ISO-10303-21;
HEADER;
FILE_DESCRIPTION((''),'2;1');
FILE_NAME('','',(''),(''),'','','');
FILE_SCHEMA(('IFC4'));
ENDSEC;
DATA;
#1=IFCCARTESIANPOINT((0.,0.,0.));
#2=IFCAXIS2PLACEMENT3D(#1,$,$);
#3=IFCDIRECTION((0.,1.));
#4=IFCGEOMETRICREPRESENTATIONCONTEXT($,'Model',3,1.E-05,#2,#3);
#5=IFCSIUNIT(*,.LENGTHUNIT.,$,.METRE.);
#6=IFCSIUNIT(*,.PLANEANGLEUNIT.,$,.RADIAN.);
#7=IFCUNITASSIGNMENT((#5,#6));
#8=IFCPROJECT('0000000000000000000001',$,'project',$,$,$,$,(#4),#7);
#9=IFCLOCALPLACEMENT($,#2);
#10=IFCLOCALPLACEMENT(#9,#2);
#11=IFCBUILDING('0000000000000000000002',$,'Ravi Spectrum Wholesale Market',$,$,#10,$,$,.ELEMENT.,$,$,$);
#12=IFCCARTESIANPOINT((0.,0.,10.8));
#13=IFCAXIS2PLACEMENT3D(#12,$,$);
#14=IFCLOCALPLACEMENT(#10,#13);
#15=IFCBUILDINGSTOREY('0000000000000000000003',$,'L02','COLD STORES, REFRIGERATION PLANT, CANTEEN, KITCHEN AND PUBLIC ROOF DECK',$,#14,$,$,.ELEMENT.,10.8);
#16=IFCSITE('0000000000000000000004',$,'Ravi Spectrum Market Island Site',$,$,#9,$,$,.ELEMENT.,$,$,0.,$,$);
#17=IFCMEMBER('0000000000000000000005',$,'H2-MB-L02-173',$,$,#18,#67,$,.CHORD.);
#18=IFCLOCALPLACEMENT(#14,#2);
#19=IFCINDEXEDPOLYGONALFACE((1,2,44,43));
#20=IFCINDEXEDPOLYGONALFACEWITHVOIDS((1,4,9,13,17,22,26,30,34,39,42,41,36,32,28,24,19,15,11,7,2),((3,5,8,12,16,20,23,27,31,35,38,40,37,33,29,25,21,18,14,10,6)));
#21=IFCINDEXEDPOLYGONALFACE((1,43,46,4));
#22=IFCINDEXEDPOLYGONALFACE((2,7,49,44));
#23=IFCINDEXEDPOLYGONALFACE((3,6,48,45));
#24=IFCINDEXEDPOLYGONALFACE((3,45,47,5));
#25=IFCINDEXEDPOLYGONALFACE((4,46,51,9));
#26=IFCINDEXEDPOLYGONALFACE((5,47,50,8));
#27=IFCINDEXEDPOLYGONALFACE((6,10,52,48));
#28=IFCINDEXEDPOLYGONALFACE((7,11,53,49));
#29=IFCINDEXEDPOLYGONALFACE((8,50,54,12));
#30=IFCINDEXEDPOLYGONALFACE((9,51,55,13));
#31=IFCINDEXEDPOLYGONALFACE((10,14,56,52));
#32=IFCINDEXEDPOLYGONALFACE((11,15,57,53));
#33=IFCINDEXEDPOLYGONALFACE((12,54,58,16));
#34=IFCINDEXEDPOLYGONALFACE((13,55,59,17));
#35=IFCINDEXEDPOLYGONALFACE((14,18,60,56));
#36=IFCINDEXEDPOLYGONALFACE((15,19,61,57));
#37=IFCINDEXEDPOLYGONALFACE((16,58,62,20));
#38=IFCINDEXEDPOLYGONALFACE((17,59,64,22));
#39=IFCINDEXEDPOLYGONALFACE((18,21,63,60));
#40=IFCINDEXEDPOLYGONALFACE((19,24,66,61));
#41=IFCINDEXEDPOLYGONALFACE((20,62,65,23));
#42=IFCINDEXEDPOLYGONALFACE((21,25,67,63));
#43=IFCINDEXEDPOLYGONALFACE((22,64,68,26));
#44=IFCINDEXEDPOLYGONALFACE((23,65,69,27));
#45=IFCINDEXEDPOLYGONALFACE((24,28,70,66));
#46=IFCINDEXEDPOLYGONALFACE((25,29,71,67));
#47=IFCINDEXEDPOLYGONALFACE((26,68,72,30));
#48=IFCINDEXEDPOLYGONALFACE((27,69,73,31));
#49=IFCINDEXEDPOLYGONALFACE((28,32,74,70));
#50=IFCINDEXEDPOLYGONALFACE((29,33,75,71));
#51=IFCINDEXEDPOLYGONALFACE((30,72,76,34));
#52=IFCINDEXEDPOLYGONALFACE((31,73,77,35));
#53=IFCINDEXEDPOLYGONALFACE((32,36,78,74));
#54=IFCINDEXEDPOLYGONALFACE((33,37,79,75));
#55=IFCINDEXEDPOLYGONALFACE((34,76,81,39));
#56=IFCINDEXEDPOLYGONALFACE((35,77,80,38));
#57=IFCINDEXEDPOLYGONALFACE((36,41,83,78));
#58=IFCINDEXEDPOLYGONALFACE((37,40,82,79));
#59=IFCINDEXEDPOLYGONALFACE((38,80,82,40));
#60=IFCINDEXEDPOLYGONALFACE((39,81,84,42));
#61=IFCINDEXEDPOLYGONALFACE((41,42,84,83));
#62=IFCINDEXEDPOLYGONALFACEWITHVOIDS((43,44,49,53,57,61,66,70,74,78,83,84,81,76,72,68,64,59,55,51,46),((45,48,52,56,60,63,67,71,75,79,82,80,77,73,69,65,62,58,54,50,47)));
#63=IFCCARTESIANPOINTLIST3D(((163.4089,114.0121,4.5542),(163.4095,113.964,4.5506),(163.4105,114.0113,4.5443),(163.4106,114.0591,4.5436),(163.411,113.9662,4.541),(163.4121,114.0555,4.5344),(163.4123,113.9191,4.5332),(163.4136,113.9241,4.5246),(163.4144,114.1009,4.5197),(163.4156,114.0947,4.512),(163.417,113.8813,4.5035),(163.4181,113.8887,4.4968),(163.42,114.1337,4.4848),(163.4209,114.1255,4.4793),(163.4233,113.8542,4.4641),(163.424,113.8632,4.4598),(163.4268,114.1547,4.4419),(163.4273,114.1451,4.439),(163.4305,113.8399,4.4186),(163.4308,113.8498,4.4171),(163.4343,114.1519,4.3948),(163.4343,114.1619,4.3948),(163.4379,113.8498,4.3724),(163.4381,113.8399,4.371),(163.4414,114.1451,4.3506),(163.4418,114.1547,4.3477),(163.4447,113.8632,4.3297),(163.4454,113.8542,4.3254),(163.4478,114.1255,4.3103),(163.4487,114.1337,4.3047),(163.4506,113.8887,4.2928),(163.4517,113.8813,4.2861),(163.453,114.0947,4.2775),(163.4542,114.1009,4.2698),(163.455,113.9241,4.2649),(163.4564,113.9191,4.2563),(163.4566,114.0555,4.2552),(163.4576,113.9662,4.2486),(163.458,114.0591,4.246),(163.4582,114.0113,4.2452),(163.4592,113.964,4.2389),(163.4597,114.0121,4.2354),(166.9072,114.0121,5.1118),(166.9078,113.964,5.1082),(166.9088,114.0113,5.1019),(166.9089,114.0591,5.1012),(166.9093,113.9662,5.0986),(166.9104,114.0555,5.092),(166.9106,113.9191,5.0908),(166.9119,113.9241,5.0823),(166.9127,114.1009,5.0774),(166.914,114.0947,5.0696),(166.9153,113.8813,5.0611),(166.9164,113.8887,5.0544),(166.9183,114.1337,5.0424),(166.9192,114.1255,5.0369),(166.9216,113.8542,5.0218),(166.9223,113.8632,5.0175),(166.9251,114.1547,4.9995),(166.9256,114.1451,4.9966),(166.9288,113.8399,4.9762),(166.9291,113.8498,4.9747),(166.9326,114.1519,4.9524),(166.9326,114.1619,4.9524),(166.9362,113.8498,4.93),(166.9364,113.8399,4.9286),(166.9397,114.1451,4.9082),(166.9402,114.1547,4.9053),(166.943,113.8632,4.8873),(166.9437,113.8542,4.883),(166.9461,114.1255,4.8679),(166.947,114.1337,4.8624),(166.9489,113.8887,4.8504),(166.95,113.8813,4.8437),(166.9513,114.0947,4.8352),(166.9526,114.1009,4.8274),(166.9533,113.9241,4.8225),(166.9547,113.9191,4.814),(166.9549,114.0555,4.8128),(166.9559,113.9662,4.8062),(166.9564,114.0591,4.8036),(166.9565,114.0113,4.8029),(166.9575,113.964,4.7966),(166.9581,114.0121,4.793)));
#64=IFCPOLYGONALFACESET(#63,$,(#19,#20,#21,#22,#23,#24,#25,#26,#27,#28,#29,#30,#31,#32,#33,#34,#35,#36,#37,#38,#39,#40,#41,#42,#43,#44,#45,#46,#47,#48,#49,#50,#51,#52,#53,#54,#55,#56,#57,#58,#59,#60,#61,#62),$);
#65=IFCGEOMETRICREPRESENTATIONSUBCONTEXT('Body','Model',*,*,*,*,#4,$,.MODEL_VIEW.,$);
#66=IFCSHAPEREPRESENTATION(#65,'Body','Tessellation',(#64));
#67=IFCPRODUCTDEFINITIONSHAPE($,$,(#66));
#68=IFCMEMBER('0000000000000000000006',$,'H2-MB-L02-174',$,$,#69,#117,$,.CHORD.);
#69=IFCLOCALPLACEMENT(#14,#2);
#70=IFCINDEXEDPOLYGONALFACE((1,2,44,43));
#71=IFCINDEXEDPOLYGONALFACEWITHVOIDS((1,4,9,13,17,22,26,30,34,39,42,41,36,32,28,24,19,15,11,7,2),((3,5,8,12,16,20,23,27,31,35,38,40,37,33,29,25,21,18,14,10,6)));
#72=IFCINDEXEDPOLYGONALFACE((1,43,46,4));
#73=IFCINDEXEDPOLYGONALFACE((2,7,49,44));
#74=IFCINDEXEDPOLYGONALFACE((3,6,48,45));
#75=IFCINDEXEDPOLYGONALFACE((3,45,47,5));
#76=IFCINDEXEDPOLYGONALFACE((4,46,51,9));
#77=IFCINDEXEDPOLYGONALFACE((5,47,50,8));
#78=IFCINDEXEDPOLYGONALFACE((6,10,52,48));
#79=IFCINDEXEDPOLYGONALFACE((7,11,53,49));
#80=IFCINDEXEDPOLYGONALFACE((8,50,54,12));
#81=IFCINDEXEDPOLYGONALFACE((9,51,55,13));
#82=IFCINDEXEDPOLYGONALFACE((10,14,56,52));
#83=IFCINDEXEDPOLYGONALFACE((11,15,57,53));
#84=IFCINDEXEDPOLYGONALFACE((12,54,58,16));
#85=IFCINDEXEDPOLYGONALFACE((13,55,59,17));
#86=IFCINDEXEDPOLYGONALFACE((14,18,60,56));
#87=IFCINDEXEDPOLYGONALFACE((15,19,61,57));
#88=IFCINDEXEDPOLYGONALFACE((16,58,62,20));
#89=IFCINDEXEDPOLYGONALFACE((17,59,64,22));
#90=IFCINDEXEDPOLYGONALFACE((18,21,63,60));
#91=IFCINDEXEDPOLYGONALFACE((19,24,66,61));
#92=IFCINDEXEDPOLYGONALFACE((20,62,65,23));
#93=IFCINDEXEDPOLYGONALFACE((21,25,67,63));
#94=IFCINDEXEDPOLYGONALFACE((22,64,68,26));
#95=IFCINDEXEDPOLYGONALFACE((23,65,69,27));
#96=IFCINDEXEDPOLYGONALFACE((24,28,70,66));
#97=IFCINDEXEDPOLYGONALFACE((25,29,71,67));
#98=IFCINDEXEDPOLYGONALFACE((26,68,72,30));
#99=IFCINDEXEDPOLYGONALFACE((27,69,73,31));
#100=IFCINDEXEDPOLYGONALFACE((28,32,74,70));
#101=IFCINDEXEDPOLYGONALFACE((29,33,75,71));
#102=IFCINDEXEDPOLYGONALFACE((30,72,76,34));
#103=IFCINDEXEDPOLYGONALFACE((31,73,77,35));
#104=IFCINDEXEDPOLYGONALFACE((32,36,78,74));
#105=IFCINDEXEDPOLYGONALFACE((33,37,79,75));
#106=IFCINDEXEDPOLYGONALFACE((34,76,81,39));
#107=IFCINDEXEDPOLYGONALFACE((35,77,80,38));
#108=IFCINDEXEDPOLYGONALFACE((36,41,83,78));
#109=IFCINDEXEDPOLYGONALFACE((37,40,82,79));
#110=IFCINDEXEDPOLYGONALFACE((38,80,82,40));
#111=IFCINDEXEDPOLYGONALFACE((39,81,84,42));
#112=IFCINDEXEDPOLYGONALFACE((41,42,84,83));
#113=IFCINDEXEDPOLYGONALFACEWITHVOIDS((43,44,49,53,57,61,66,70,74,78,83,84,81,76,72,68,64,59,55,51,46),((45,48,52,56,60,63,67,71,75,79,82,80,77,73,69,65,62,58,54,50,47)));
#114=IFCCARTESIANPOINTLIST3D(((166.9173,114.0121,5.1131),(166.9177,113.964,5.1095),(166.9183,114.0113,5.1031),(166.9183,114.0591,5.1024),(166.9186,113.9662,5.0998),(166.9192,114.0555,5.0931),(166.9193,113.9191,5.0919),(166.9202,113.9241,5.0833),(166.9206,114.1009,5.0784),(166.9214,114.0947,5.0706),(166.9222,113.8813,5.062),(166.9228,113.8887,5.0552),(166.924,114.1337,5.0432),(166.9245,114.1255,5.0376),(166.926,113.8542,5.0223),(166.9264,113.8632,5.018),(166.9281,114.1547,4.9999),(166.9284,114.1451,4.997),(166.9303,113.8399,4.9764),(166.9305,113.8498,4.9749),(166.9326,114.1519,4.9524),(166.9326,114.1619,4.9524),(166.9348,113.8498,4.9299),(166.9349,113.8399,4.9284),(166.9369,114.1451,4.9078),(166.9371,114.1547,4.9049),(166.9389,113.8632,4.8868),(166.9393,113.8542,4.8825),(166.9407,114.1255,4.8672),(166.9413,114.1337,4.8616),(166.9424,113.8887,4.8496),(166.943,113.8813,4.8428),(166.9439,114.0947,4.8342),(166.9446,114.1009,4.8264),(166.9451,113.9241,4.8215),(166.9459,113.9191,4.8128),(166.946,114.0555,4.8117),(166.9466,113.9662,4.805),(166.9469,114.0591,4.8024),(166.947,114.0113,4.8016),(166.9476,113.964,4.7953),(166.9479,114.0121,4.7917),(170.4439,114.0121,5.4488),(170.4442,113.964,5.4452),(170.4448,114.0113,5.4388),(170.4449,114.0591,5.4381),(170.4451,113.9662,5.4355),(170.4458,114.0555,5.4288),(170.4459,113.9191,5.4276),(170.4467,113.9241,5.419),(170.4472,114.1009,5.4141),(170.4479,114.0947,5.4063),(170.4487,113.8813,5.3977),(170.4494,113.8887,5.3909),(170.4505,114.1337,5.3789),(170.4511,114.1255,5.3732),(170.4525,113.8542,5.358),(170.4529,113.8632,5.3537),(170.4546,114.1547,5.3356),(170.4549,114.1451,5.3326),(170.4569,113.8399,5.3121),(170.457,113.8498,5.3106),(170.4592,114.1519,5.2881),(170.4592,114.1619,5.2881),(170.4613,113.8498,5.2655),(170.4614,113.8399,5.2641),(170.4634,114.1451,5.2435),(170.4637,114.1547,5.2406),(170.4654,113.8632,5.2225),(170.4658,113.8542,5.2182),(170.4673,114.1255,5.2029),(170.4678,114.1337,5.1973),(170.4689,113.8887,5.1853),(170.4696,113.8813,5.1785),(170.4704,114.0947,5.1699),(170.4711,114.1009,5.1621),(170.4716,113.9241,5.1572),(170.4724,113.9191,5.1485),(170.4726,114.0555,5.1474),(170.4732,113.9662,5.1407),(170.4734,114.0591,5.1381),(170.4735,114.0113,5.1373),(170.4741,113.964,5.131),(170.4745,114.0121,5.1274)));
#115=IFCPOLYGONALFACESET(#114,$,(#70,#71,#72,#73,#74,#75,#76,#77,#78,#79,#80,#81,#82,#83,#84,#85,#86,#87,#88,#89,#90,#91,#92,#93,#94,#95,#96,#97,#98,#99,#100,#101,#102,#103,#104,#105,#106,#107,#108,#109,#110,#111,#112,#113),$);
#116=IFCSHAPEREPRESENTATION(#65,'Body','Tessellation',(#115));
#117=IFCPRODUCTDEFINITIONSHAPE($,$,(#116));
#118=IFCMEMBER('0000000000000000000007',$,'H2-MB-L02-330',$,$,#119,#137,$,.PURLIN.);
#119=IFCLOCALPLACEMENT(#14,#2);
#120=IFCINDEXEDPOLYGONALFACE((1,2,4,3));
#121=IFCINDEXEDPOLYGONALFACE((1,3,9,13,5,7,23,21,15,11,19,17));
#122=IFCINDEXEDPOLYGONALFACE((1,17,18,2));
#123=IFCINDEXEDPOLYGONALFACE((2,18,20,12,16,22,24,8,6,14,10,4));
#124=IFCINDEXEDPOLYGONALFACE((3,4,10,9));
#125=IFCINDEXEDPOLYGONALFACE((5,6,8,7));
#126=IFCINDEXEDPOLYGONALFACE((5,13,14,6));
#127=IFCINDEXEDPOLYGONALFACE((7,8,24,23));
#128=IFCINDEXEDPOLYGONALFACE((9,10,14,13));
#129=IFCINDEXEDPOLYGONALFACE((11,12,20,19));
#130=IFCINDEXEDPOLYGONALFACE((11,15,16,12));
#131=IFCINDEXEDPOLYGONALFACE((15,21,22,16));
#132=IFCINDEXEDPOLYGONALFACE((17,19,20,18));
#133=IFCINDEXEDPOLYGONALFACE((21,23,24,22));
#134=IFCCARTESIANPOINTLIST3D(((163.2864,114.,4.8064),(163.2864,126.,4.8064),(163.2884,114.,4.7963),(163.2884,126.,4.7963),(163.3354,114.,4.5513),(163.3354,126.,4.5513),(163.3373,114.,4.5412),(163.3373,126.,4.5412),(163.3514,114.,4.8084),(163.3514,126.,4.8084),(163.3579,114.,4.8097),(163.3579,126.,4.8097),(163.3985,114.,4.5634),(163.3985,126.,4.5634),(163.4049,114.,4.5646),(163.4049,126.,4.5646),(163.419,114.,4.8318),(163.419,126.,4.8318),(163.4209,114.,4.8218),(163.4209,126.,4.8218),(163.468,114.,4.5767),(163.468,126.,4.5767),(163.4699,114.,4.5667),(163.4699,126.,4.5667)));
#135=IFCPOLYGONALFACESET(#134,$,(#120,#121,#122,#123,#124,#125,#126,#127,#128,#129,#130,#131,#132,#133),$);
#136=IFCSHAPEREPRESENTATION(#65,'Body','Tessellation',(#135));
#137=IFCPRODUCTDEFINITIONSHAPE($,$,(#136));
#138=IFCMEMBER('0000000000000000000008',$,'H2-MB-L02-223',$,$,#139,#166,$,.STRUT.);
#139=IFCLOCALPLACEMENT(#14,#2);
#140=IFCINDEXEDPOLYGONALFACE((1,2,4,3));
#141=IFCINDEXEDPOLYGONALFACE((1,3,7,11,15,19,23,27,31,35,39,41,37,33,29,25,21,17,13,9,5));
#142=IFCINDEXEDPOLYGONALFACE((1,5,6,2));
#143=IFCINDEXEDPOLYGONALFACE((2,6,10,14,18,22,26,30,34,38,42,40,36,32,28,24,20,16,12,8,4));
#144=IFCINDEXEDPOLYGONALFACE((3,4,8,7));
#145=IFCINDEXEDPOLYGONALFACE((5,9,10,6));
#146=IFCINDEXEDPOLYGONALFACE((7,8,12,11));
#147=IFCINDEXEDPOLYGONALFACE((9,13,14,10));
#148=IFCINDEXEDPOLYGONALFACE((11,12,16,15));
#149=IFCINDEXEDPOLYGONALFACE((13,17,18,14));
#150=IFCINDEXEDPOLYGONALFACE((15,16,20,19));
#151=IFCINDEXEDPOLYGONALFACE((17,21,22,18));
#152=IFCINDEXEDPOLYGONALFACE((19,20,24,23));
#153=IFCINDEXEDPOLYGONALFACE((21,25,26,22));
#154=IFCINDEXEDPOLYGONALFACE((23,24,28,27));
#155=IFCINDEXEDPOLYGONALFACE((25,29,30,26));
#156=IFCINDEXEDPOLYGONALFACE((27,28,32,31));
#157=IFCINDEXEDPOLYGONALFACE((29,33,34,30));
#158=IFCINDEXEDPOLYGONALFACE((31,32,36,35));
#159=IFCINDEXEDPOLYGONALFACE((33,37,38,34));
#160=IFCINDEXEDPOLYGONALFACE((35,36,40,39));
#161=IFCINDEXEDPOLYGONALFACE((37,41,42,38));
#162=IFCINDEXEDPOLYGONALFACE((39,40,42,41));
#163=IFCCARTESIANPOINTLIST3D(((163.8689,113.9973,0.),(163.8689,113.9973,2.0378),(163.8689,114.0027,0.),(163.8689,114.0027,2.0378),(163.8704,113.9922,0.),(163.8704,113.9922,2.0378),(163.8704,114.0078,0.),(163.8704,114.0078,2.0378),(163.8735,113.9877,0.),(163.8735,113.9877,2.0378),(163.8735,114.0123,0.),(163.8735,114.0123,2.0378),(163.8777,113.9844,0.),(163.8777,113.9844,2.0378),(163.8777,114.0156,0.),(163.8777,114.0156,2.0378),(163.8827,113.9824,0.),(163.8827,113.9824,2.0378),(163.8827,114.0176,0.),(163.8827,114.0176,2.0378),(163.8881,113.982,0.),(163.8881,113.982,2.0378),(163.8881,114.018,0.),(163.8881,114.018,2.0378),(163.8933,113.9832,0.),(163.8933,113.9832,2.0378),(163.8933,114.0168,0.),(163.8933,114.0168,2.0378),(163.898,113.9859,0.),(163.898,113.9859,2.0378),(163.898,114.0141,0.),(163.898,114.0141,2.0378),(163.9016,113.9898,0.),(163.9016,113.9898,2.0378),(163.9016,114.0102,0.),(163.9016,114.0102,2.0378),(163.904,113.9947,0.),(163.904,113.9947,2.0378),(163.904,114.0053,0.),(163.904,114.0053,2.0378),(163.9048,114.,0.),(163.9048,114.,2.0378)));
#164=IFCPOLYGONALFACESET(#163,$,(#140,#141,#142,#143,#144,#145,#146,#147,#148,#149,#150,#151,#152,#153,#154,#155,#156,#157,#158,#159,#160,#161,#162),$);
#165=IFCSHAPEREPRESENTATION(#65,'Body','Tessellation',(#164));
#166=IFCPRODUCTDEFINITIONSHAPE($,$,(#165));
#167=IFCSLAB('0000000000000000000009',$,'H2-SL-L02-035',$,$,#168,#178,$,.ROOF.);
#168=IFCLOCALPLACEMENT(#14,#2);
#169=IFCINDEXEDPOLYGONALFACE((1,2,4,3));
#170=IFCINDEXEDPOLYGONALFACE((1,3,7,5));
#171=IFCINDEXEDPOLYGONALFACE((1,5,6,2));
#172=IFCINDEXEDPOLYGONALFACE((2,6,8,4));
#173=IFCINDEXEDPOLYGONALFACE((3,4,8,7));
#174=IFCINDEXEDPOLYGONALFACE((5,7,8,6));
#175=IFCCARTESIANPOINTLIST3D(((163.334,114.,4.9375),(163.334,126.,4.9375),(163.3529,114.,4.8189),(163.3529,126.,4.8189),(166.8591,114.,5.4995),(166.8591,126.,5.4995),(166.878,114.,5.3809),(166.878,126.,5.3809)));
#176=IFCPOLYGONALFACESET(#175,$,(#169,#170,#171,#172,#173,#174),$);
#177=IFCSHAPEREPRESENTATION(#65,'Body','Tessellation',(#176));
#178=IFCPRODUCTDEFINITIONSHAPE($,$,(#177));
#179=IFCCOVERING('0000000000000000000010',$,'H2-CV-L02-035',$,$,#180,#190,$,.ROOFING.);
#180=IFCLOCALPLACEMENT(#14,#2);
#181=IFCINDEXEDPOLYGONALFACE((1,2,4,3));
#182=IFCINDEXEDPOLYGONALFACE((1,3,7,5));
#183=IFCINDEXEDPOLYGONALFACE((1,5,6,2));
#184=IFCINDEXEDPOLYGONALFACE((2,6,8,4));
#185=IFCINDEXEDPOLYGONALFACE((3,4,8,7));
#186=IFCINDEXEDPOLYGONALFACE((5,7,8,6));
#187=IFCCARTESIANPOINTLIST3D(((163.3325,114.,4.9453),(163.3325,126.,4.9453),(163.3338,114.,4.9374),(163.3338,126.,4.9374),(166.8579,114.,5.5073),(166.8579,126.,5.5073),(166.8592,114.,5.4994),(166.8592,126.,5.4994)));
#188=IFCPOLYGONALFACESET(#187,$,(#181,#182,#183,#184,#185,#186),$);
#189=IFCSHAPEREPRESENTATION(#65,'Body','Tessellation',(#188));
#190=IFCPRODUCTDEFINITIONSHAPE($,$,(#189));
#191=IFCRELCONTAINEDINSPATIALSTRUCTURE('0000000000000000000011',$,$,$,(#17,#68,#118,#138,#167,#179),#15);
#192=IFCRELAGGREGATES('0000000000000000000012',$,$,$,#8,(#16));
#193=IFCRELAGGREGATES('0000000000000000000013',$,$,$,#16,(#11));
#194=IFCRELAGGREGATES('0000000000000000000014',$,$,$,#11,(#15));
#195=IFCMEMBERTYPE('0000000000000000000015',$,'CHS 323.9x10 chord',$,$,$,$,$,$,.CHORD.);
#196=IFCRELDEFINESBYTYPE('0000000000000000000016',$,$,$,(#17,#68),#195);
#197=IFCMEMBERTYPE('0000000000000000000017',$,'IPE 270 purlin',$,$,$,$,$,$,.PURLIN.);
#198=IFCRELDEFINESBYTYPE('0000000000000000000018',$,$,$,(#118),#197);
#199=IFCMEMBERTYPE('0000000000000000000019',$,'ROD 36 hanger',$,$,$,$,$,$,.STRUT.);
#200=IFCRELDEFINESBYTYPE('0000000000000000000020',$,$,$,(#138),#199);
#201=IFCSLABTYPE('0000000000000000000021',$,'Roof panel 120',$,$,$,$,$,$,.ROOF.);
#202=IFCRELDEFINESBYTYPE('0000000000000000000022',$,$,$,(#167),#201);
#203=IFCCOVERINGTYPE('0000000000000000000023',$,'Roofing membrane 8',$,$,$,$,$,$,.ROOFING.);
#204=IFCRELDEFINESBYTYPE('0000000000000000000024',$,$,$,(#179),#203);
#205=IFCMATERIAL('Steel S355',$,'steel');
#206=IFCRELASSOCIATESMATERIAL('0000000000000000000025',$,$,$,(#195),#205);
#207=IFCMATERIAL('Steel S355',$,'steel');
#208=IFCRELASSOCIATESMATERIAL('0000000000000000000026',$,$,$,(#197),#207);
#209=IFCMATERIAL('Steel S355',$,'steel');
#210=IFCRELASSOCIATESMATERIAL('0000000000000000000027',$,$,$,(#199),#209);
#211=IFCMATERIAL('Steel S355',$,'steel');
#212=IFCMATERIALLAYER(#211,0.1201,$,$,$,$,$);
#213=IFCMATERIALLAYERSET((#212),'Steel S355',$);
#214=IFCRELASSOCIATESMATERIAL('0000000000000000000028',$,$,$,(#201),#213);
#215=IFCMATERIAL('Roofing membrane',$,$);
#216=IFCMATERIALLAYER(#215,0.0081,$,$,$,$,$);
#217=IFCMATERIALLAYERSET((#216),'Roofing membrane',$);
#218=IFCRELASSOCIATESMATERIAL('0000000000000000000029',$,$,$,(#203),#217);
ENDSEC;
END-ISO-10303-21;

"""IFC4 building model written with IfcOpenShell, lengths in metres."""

from ifc_helpers import new_model, si_unit, direction, frame, origin, origin_2d, place, context, subcontext, project, spatial, polyline, circle, hollow_circle, i_section, outline, extrude, material, layer, layer_set, material_profile, profile_set, type_object, element, save


model = new_model("IFC4")

# Units and contexts
model_context = context("Model", 3, precision=1e-05, world=origin(), true_north=direction((0.0, 1.0)))
body_context = subcontext(model_context, "Body", "Model", "MODEL_VIEW")
ifc_project = project(units=[si_unit("LENGTHUNIT", "METRE"), si_unit("PLANEANGLEUNIT", "RADIAN")], contexts=[model_context])

# Site, building, storey
site_placement = place(None, origin())
site = spatial("IfcSite", under=ifc_project, at=site_placement, Name="Ravi Spectrum Market Island Site", CompositionType="ELEMENT", RefElevation=0.0)
building_placement = place(site_placement, origin())
building = spatial("IfcBuilding", under=site, at=building_placement, Name="Ravi Spectrum Wholesale Market", CompositionType="ELEMENT")
storey_placement = place(building_placement, frame((0.0, 0.0, 10.8)))
storey = spatial("IfcBuildingStorey", under=building, at=storey_placement, Name="L02", Description="COLD STORES, REFRIGERATION PLANT, CANTEEN, KITCHEN AND PUBLIC ROOF DECK", CompositionType="ELEMENT", Elevation=10.8)

# Members
ifc_material_1 = material(Name="Steel S355", Category="steel")
ifc_material_profile_1 = material_profile(ifc_material_1, hollow_circle(Radius=0.1619, WallThickness=0.01, at=origin_2d()))
ifc_profile_set_1 = profile_set([ifc_material_profile_1], Name="Steel S355")
member_type_1 = type_object("IfcMemberType", Name="CHS 323.9x10 chord", PredefinedType="CHORD", material=ifc_profile_set_1)
for number, where, z_axis, x_axis, name in (
    (1, (163.4343, 114.0, 4.3948), (0.987533, 0.0, 0.15741), (0.0, 1.0, 0.0), "H2-MB-L02-173"),
    (2, (166.9326, 114.0, 4.9524), (0.9955, 0.0, 0.09476), (0.0, 1.0, 0.0), "H2-MB-L02-174"),
):
    element("IfcMember", number, at=place(storey_placement, frame(where, z_axis=z_axis, x_axis=x_axis)), inside=storey, type_object=member_type_1, Name=name, PredefinedType="CHORD", context=body_context, shape_type="SweptSolid", body=[
        extrude(hollow_circle(Radius=0.1619, WallThickness=0.01, at=origin_2d()), origin(), (0.0, 0.0, 1.0), 3.5425),
    ])
ifc_material_2 = material(Name="Steel S355", Category="steel")
ifc_material_profile_2 = material_profile(ifc_material_2, i_section(OverallWidth=0.135, OverallDepth=0.27, WebThickness=0.0066, FlangeThickness=0.0103, at=origin_2d()))
ifc_profile_set_2 = profile_set([ifc_material_profile_2], Name="Steel S355")
member_type_2 = type_object("IfcMemberType", Name="IPE 270 purlin", PredefinedType="PURLIN", material=ifc_profile_set_2)
member_1_placement = place(storey_placement, frame((163.3782, 114.0, 4.6865), z_axis=(0.0, 1.0, 0.0), x_axis=(-0.982061, 0.0, -0.188562)))
element("IfcMember", 3, at=member_1_placement, inside=storey, type_object=member_type_2, Name="H2-MB-L02-330", PredefinedType="PURLIN", context=body_context, shape_type="SweptSolid", body=[
    extrude(i_section(OverallWidth=0.135, OverallDepth=0.27, WebThickness=0.0066, FlangeThickness=0.0103, at=origin_2d()), origin(), (0.0, 0.0, 1.0), 12.0),
])
ifc_material_3 = material(Name="Steel S355", Category="steel")
ifc_material_profile_3 = material_profile(ifc_material_3, circle(Radius=0.0181, at=origin_2d()))
ifc_profile_set_3 = profile_set([ifc_material_profile_3], Name="Steel S355")
member_type_3 = type_object("IfcMemberType", Name="ROD 36 hanger", PredefinedType="STRUT", material=ifc_profile_set_3)
member_2_placement = place(storey_placement, frame((163.8867, 114.0, 0.0), z_axis=(0.0, 0.0, 1.0), x_axis=(1.0, 0.0, 0.0)))
element("IfcMember", 4, at=member_2_placement, inside=storey, type_object=member_type_3, Name="H2-MB-L02-223", PredefinedType="STRUT", context=body_context, shape_type="SweptSolid", body=[
    extrude(circle(Radius=0.0181, at=origin_2d()), origin(), (0.0, 0.0, 1.0), 2.0378),
])

# Slab
ifc_material_4 = material(Name="Steel S355", Category="steel")
ifc_layer_1 = layer(ifc_material_4, 0.1201)
ifc_layer_set_1 = layer_set([ifc_layer_1], Name="Steel S355")
slab_type = type_object("IfcSlabType", Name="Roof panel 120", PredefinedType="ROOF", material=ifc_layer_set_1)
slab_placement = place(storey_placement, frame((163.334, 114.0, 4.9375), z_axis=(-0.157441, 0.0, 0.987528), x_axis=(0.987528, 0.0, 0.157441)))
element("IfcSlab", 5, at=slab_placement, inside=storey, type_object=slab_type, Name="H2-SL-L02-035", PredefinedType="ROOF", context=body_context, shape_type="SweptSolid", body=[
    extrude(outline(polyline([(0.0, 0.0), (3.5697, 0.0), (3.5697, 12.0), (0.0, 12.0), (0.0, 0.0)])), origin(), (0.0, 0.0, -1.0), 0.1201),
])

# Covering
ifc_material_5 = material(Name="Roofing membrane")
ifc_layer_2 = layer(ifc_material_5, 0.0081)
ifc_layer_set_2 = layer_set([ifc_layer_2], Name="Roofing membrane")
covering_type = type_object("IfcCoveringType", Name="Roofing membrane 8", PredefinedType="ROOFING", material=ifc_layer_set_2)
covering_placement = place(storey_placement, frame((163.3325, 114.0, 4.9453), z_axis=(-0.15743, 0.0, 0.98753), x_axis=(0.98753, 0.0, 0.15743)))
element("IfcCovering", 6, at=covering_placement, inside=storey, type_object=covering_type, Name="H2-CV-L02-035", PredefinedType="ROOFING", context=body_context, shape_type="SweptSolid", body=[
    extrude(outline(polyline([(0.0, 0.0), (3.5699, 0.0), (3.5699, 12.0), (0.0, 12.0), (0.0, 0.0)])), origin(), (0.0, 0.0, -1.0), 0.0081),
])

save(model, "model.ifc")
